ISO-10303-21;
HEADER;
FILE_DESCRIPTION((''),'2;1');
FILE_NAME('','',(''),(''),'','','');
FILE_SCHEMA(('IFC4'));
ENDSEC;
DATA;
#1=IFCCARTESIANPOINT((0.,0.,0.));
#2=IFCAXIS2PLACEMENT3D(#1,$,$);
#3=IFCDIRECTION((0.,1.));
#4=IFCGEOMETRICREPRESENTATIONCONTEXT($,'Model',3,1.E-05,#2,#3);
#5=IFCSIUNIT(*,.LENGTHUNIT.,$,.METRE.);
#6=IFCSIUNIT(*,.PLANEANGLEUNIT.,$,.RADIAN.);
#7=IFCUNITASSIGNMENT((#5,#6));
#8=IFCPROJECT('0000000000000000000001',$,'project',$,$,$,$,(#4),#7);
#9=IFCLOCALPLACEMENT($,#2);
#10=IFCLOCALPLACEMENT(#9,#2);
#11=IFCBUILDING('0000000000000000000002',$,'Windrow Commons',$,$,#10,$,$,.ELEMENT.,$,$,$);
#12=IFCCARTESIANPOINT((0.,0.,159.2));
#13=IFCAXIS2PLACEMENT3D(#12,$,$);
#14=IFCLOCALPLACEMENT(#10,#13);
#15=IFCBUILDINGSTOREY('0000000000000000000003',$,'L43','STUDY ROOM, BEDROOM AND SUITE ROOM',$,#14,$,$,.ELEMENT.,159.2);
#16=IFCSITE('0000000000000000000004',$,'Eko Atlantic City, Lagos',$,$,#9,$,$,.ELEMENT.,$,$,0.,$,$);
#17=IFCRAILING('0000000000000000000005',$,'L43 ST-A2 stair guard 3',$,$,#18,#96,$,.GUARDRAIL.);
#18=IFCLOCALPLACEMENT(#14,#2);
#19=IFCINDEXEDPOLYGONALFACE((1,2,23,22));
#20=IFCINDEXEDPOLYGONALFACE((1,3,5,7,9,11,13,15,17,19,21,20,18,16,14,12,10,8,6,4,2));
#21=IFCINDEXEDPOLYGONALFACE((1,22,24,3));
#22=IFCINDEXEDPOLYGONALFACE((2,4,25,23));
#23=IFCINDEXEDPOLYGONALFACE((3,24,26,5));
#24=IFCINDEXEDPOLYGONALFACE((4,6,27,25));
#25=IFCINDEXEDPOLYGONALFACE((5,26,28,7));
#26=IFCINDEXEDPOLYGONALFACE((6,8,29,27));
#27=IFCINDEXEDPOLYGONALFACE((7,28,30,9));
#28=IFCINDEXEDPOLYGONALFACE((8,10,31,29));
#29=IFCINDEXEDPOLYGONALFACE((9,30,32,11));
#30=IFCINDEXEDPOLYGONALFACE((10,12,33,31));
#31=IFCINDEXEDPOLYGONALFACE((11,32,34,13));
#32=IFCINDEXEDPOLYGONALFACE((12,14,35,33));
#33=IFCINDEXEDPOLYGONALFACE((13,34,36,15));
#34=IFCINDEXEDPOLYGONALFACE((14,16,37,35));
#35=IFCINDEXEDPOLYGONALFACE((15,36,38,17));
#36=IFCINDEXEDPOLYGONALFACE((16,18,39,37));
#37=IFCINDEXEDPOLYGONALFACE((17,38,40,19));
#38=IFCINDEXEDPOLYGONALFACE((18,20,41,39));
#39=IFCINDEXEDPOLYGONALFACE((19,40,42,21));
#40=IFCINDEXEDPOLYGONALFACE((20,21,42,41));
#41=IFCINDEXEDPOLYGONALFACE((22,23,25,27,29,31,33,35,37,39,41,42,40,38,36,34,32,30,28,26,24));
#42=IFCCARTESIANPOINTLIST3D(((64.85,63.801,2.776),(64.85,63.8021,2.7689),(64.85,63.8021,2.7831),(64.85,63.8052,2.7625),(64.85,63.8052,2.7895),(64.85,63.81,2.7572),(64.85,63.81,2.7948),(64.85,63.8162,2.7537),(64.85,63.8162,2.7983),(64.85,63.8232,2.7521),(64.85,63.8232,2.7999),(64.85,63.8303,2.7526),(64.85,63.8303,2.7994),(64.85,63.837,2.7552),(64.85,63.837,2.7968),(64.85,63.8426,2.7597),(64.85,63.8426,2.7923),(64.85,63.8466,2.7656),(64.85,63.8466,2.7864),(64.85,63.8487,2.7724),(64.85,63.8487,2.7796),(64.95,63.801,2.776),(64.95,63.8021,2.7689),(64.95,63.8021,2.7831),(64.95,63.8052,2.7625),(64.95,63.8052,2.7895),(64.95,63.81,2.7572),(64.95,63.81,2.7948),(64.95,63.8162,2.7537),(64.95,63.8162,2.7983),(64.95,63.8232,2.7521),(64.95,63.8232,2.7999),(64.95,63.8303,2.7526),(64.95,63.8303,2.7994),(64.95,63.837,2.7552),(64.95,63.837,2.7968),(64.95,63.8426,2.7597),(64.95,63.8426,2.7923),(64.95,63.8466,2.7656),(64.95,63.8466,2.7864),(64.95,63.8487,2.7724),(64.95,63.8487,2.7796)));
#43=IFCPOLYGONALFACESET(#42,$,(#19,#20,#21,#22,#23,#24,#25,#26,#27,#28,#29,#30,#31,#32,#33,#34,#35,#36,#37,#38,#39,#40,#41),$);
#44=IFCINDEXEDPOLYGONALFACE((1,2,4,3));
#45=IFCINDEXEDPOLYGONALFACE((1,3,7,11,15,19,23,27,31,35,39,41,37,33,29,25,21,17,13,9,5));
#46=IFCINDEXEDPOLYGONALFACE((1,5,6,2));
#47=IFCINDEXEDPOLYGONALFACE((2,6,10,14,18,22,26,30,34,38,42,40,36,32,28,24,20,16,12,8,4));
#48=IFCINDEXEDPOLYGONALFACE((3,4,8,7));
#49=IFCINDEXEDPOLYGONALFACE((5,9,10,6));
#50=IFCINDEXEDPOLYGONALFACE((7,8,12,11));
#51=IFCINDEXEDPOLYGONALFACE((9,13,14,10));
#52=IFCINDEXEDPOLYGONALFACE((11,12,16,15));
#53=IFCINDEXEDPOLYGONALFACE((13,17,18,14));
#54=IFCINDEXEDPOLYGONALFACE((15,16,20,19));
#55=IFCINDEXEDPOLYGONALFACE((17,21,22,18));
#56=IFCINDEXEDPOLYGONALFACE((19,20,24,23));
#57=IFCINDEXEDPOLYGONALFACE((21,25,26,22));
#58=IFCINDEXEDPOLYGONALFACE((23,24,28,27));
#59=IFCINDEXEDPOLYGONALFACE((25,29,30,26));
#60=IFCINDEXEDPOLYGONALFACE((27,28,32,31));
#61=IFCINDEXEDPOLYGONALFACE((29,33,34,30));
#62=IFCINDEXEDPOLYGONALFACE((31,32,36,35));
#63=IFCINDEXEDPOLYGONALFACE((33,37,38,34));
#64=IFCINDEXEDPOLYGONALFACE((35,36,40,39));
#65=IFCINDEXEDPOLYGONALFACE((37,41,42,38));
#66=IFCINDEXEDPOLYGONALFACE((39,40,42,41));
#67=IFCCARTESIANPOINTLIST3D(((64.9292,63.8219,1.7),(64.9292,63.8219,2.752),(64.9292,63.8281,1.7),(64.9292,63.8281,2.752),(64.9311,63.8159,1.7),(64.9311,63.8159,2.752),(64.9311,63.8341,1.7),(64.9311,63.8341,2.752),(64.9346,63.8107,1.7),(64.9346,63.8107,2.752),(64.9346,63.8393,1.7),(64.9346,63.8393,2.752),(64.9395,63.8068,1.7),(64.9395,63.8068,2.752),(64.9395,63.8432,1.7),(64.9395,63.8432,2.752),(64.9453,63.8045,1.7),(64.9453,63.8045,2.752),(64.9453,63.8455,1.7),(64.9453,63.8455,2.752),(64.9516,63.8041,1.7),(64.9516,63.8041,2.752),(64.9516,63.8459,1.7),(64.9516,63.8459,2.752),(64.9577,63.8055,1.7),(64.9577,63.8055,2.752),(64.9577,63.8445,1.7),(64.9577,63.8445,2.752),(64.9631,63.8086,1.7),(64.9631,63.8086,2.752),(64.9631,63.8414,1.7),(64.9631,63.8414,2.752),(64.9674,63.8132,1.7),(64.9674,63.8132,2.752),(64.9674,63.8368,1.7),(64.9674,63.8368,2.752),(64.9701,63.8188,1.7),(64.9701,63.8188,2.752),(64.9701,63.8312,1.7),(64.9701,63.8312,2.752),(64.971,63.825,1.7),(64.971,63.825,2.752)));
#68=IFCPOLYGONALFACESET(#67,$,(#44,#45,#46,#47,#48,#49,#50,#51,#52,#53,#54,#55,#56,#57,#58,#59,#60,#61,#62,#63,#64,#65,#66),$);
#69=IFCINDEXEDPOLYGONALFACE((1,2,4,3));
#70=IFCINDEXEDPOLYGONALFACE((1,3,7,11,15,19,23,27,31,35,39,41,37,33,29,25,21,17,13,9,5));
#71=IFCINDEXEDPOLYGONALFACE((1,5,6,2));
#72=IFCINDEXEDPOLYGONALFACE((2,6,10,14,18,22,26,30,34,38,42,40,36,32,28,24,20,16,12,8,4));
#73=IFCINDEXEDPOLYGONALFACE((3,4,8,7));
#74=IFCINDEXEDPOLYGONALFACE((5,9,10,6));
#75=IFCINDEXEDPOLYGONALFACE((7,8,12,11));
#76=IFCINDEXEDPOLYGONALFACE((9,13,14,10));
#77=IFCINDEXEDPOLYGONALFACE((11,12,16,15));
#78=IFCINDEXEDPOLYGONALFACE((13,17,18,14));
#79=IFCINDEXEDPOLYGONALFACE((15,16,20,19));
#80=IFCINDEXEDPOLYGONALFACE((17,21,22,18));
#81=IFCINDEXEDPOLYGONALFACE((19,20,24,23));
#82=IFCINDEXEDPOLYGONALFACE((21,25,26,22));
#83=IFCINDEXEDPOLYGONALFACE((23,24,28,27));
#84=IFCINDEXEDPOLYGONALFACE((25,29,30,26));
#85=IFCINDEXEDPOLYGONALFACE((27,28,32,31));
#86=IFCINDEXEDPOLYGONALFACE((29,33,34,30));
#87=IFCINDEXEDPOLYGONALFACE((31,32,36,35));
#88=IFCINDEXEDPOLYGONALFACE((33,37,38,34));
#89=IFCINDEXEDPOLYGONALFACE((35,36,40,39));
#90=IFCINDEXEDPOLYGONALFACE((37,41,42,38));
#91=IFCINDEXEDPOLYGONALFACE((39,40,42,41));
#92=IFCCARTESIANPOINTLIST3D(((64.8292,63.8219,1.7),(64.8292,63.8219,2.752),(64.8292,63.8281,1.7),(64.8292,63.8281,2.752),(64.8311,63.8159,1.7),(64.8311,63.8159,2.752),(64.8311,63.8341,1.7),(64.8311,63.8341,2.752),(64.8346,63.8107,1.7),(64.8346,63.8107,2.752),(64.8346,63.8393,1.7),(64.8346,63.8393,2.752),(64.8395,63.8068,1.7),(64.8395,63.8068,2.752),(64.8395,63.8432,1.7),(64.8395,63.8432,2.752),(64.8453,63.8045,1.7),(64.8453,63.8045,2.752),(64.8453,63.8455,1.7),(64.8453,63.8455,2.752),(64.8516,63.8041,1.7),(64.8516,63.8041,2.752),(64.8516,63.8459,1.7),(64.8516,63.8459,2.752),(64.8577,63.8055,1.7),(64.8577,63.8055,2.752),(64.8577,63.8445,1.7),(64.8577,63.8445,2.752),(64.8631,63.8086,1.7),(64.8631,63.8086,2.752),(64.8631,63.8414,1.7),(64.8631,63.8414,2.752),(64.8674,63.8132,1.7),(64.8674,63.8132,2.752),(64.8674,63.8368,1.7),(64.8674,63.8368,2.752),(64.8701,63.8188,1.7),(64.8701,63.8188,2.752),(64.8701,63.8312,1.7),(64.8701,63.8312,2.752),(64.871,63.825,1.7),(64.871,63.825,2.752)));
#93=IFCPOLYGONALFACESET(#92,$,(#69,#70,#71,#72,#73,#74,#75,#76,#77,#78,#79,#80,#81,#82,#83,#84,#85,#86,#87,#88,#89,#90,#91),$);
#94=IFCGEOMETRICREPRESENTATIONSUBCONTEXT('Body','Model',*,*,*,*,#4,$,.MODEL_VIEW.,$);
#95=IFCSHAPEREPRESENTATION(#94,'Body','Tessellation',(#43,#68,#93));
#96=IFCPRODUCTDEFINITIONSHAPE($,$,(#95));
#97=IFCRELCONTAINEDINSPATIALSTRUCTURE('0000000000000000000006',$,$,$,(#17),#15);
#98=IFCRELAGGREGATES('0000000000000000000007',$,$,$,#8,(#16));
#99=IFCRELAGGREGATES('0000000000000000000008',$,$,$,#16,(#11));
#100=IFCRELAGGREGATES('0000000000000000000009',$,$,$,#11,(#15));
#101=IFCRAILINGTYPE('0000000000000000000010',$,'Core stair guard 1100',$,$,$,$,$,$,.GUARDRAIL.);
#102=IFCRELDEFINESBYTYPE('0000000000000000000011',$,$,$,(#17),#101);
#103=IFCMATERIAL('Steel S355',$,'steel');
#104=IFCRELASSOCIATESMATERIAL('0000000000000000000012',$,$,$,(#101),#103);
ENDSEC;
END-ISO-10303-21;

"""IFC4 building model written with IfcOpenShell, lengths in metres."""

from ifc_helpers import new_model, si_unit, direction, frame, origin, origin_2d, place, context, subcontext, project, spatial, circle, extrude, material, type_object, element, save


model = new_model("IFC4")

# Units and contexts
model_context = context("Model", 3, precision=1e-05, world=origin(), true_north=direction((0.0, 1.0)))
body_context = subcontext(model_context, "Body", "Model", "MODEL_VIEW")
ifc_project = project(units=[si_unit("LENGTHUNIT", "METRE"), si_unit("PLANEANGLEUNIT", "RADIAN")], contexts=[model_context])

# Site, building, storey
site_placement = place(None, origin())
site = spatial("IfcSite", under=ifc_project, at=site_placement, Name="Eko Atlantic City, Lagos", CompositionType="ELEMENT", RefElevation=0.0)
building_placement = place(site_placement, origin())
building = spatial("IfcBuilding", under=site, at=building_placement, Name="Windrow Commons", CompositionType="ELEMENT")
storey_placement = place(building_placement, frame((0.0, 0.0, 159.2)))
storey = spatial("IfcBuildingStorey", under=building, at=storey_placement, Name="L43", Description="STUDY ROOM, BEDROOM AND SUITE ROOM", CompositionType="ELEMENT", Elevation=159.2)

# Railing
ifc_material_1 = material(Name="Steel S355", Category="steel")
railing_type_1 = type_object("IfcRailingType", Name="Core stair guard 1100", PredefinedType="GUARDRAIL", material=ifc_material_1)
railing_1_placement = place(storey_placement, frame((64.95, 63.825, 1.7)))
element("IfcRailing", 1, at=railing_1_placement, inside=storey, type_object=railing_type_1, Name="L43 ST-A2 stair guard 3", PredefinedType="GUARDRAIL", context=body_context, shape_type="SweptSolid", body=[
    extrude(circle(Radius=0.024, at=origin_2d()), frame((0.0, 0.0, 1.076), z_axis=(-1.0, 0.0, 0.0), x_axis=(0.0, -1.0, 0.0)), (0.0, 0.0, 1.0), 0.1),
    extrude(circle(Radius=0.021, at=origin_2d()), origin(), (0.0, 0.0, 1.0), 1.052),
    extrude(circle(Radius=0.021, at=origin_2d()), frame((-0.1, 0.0, 0.0)), (0.0, 0.0, 1.0), 1.052),
])

save(model, "model.ifc")
